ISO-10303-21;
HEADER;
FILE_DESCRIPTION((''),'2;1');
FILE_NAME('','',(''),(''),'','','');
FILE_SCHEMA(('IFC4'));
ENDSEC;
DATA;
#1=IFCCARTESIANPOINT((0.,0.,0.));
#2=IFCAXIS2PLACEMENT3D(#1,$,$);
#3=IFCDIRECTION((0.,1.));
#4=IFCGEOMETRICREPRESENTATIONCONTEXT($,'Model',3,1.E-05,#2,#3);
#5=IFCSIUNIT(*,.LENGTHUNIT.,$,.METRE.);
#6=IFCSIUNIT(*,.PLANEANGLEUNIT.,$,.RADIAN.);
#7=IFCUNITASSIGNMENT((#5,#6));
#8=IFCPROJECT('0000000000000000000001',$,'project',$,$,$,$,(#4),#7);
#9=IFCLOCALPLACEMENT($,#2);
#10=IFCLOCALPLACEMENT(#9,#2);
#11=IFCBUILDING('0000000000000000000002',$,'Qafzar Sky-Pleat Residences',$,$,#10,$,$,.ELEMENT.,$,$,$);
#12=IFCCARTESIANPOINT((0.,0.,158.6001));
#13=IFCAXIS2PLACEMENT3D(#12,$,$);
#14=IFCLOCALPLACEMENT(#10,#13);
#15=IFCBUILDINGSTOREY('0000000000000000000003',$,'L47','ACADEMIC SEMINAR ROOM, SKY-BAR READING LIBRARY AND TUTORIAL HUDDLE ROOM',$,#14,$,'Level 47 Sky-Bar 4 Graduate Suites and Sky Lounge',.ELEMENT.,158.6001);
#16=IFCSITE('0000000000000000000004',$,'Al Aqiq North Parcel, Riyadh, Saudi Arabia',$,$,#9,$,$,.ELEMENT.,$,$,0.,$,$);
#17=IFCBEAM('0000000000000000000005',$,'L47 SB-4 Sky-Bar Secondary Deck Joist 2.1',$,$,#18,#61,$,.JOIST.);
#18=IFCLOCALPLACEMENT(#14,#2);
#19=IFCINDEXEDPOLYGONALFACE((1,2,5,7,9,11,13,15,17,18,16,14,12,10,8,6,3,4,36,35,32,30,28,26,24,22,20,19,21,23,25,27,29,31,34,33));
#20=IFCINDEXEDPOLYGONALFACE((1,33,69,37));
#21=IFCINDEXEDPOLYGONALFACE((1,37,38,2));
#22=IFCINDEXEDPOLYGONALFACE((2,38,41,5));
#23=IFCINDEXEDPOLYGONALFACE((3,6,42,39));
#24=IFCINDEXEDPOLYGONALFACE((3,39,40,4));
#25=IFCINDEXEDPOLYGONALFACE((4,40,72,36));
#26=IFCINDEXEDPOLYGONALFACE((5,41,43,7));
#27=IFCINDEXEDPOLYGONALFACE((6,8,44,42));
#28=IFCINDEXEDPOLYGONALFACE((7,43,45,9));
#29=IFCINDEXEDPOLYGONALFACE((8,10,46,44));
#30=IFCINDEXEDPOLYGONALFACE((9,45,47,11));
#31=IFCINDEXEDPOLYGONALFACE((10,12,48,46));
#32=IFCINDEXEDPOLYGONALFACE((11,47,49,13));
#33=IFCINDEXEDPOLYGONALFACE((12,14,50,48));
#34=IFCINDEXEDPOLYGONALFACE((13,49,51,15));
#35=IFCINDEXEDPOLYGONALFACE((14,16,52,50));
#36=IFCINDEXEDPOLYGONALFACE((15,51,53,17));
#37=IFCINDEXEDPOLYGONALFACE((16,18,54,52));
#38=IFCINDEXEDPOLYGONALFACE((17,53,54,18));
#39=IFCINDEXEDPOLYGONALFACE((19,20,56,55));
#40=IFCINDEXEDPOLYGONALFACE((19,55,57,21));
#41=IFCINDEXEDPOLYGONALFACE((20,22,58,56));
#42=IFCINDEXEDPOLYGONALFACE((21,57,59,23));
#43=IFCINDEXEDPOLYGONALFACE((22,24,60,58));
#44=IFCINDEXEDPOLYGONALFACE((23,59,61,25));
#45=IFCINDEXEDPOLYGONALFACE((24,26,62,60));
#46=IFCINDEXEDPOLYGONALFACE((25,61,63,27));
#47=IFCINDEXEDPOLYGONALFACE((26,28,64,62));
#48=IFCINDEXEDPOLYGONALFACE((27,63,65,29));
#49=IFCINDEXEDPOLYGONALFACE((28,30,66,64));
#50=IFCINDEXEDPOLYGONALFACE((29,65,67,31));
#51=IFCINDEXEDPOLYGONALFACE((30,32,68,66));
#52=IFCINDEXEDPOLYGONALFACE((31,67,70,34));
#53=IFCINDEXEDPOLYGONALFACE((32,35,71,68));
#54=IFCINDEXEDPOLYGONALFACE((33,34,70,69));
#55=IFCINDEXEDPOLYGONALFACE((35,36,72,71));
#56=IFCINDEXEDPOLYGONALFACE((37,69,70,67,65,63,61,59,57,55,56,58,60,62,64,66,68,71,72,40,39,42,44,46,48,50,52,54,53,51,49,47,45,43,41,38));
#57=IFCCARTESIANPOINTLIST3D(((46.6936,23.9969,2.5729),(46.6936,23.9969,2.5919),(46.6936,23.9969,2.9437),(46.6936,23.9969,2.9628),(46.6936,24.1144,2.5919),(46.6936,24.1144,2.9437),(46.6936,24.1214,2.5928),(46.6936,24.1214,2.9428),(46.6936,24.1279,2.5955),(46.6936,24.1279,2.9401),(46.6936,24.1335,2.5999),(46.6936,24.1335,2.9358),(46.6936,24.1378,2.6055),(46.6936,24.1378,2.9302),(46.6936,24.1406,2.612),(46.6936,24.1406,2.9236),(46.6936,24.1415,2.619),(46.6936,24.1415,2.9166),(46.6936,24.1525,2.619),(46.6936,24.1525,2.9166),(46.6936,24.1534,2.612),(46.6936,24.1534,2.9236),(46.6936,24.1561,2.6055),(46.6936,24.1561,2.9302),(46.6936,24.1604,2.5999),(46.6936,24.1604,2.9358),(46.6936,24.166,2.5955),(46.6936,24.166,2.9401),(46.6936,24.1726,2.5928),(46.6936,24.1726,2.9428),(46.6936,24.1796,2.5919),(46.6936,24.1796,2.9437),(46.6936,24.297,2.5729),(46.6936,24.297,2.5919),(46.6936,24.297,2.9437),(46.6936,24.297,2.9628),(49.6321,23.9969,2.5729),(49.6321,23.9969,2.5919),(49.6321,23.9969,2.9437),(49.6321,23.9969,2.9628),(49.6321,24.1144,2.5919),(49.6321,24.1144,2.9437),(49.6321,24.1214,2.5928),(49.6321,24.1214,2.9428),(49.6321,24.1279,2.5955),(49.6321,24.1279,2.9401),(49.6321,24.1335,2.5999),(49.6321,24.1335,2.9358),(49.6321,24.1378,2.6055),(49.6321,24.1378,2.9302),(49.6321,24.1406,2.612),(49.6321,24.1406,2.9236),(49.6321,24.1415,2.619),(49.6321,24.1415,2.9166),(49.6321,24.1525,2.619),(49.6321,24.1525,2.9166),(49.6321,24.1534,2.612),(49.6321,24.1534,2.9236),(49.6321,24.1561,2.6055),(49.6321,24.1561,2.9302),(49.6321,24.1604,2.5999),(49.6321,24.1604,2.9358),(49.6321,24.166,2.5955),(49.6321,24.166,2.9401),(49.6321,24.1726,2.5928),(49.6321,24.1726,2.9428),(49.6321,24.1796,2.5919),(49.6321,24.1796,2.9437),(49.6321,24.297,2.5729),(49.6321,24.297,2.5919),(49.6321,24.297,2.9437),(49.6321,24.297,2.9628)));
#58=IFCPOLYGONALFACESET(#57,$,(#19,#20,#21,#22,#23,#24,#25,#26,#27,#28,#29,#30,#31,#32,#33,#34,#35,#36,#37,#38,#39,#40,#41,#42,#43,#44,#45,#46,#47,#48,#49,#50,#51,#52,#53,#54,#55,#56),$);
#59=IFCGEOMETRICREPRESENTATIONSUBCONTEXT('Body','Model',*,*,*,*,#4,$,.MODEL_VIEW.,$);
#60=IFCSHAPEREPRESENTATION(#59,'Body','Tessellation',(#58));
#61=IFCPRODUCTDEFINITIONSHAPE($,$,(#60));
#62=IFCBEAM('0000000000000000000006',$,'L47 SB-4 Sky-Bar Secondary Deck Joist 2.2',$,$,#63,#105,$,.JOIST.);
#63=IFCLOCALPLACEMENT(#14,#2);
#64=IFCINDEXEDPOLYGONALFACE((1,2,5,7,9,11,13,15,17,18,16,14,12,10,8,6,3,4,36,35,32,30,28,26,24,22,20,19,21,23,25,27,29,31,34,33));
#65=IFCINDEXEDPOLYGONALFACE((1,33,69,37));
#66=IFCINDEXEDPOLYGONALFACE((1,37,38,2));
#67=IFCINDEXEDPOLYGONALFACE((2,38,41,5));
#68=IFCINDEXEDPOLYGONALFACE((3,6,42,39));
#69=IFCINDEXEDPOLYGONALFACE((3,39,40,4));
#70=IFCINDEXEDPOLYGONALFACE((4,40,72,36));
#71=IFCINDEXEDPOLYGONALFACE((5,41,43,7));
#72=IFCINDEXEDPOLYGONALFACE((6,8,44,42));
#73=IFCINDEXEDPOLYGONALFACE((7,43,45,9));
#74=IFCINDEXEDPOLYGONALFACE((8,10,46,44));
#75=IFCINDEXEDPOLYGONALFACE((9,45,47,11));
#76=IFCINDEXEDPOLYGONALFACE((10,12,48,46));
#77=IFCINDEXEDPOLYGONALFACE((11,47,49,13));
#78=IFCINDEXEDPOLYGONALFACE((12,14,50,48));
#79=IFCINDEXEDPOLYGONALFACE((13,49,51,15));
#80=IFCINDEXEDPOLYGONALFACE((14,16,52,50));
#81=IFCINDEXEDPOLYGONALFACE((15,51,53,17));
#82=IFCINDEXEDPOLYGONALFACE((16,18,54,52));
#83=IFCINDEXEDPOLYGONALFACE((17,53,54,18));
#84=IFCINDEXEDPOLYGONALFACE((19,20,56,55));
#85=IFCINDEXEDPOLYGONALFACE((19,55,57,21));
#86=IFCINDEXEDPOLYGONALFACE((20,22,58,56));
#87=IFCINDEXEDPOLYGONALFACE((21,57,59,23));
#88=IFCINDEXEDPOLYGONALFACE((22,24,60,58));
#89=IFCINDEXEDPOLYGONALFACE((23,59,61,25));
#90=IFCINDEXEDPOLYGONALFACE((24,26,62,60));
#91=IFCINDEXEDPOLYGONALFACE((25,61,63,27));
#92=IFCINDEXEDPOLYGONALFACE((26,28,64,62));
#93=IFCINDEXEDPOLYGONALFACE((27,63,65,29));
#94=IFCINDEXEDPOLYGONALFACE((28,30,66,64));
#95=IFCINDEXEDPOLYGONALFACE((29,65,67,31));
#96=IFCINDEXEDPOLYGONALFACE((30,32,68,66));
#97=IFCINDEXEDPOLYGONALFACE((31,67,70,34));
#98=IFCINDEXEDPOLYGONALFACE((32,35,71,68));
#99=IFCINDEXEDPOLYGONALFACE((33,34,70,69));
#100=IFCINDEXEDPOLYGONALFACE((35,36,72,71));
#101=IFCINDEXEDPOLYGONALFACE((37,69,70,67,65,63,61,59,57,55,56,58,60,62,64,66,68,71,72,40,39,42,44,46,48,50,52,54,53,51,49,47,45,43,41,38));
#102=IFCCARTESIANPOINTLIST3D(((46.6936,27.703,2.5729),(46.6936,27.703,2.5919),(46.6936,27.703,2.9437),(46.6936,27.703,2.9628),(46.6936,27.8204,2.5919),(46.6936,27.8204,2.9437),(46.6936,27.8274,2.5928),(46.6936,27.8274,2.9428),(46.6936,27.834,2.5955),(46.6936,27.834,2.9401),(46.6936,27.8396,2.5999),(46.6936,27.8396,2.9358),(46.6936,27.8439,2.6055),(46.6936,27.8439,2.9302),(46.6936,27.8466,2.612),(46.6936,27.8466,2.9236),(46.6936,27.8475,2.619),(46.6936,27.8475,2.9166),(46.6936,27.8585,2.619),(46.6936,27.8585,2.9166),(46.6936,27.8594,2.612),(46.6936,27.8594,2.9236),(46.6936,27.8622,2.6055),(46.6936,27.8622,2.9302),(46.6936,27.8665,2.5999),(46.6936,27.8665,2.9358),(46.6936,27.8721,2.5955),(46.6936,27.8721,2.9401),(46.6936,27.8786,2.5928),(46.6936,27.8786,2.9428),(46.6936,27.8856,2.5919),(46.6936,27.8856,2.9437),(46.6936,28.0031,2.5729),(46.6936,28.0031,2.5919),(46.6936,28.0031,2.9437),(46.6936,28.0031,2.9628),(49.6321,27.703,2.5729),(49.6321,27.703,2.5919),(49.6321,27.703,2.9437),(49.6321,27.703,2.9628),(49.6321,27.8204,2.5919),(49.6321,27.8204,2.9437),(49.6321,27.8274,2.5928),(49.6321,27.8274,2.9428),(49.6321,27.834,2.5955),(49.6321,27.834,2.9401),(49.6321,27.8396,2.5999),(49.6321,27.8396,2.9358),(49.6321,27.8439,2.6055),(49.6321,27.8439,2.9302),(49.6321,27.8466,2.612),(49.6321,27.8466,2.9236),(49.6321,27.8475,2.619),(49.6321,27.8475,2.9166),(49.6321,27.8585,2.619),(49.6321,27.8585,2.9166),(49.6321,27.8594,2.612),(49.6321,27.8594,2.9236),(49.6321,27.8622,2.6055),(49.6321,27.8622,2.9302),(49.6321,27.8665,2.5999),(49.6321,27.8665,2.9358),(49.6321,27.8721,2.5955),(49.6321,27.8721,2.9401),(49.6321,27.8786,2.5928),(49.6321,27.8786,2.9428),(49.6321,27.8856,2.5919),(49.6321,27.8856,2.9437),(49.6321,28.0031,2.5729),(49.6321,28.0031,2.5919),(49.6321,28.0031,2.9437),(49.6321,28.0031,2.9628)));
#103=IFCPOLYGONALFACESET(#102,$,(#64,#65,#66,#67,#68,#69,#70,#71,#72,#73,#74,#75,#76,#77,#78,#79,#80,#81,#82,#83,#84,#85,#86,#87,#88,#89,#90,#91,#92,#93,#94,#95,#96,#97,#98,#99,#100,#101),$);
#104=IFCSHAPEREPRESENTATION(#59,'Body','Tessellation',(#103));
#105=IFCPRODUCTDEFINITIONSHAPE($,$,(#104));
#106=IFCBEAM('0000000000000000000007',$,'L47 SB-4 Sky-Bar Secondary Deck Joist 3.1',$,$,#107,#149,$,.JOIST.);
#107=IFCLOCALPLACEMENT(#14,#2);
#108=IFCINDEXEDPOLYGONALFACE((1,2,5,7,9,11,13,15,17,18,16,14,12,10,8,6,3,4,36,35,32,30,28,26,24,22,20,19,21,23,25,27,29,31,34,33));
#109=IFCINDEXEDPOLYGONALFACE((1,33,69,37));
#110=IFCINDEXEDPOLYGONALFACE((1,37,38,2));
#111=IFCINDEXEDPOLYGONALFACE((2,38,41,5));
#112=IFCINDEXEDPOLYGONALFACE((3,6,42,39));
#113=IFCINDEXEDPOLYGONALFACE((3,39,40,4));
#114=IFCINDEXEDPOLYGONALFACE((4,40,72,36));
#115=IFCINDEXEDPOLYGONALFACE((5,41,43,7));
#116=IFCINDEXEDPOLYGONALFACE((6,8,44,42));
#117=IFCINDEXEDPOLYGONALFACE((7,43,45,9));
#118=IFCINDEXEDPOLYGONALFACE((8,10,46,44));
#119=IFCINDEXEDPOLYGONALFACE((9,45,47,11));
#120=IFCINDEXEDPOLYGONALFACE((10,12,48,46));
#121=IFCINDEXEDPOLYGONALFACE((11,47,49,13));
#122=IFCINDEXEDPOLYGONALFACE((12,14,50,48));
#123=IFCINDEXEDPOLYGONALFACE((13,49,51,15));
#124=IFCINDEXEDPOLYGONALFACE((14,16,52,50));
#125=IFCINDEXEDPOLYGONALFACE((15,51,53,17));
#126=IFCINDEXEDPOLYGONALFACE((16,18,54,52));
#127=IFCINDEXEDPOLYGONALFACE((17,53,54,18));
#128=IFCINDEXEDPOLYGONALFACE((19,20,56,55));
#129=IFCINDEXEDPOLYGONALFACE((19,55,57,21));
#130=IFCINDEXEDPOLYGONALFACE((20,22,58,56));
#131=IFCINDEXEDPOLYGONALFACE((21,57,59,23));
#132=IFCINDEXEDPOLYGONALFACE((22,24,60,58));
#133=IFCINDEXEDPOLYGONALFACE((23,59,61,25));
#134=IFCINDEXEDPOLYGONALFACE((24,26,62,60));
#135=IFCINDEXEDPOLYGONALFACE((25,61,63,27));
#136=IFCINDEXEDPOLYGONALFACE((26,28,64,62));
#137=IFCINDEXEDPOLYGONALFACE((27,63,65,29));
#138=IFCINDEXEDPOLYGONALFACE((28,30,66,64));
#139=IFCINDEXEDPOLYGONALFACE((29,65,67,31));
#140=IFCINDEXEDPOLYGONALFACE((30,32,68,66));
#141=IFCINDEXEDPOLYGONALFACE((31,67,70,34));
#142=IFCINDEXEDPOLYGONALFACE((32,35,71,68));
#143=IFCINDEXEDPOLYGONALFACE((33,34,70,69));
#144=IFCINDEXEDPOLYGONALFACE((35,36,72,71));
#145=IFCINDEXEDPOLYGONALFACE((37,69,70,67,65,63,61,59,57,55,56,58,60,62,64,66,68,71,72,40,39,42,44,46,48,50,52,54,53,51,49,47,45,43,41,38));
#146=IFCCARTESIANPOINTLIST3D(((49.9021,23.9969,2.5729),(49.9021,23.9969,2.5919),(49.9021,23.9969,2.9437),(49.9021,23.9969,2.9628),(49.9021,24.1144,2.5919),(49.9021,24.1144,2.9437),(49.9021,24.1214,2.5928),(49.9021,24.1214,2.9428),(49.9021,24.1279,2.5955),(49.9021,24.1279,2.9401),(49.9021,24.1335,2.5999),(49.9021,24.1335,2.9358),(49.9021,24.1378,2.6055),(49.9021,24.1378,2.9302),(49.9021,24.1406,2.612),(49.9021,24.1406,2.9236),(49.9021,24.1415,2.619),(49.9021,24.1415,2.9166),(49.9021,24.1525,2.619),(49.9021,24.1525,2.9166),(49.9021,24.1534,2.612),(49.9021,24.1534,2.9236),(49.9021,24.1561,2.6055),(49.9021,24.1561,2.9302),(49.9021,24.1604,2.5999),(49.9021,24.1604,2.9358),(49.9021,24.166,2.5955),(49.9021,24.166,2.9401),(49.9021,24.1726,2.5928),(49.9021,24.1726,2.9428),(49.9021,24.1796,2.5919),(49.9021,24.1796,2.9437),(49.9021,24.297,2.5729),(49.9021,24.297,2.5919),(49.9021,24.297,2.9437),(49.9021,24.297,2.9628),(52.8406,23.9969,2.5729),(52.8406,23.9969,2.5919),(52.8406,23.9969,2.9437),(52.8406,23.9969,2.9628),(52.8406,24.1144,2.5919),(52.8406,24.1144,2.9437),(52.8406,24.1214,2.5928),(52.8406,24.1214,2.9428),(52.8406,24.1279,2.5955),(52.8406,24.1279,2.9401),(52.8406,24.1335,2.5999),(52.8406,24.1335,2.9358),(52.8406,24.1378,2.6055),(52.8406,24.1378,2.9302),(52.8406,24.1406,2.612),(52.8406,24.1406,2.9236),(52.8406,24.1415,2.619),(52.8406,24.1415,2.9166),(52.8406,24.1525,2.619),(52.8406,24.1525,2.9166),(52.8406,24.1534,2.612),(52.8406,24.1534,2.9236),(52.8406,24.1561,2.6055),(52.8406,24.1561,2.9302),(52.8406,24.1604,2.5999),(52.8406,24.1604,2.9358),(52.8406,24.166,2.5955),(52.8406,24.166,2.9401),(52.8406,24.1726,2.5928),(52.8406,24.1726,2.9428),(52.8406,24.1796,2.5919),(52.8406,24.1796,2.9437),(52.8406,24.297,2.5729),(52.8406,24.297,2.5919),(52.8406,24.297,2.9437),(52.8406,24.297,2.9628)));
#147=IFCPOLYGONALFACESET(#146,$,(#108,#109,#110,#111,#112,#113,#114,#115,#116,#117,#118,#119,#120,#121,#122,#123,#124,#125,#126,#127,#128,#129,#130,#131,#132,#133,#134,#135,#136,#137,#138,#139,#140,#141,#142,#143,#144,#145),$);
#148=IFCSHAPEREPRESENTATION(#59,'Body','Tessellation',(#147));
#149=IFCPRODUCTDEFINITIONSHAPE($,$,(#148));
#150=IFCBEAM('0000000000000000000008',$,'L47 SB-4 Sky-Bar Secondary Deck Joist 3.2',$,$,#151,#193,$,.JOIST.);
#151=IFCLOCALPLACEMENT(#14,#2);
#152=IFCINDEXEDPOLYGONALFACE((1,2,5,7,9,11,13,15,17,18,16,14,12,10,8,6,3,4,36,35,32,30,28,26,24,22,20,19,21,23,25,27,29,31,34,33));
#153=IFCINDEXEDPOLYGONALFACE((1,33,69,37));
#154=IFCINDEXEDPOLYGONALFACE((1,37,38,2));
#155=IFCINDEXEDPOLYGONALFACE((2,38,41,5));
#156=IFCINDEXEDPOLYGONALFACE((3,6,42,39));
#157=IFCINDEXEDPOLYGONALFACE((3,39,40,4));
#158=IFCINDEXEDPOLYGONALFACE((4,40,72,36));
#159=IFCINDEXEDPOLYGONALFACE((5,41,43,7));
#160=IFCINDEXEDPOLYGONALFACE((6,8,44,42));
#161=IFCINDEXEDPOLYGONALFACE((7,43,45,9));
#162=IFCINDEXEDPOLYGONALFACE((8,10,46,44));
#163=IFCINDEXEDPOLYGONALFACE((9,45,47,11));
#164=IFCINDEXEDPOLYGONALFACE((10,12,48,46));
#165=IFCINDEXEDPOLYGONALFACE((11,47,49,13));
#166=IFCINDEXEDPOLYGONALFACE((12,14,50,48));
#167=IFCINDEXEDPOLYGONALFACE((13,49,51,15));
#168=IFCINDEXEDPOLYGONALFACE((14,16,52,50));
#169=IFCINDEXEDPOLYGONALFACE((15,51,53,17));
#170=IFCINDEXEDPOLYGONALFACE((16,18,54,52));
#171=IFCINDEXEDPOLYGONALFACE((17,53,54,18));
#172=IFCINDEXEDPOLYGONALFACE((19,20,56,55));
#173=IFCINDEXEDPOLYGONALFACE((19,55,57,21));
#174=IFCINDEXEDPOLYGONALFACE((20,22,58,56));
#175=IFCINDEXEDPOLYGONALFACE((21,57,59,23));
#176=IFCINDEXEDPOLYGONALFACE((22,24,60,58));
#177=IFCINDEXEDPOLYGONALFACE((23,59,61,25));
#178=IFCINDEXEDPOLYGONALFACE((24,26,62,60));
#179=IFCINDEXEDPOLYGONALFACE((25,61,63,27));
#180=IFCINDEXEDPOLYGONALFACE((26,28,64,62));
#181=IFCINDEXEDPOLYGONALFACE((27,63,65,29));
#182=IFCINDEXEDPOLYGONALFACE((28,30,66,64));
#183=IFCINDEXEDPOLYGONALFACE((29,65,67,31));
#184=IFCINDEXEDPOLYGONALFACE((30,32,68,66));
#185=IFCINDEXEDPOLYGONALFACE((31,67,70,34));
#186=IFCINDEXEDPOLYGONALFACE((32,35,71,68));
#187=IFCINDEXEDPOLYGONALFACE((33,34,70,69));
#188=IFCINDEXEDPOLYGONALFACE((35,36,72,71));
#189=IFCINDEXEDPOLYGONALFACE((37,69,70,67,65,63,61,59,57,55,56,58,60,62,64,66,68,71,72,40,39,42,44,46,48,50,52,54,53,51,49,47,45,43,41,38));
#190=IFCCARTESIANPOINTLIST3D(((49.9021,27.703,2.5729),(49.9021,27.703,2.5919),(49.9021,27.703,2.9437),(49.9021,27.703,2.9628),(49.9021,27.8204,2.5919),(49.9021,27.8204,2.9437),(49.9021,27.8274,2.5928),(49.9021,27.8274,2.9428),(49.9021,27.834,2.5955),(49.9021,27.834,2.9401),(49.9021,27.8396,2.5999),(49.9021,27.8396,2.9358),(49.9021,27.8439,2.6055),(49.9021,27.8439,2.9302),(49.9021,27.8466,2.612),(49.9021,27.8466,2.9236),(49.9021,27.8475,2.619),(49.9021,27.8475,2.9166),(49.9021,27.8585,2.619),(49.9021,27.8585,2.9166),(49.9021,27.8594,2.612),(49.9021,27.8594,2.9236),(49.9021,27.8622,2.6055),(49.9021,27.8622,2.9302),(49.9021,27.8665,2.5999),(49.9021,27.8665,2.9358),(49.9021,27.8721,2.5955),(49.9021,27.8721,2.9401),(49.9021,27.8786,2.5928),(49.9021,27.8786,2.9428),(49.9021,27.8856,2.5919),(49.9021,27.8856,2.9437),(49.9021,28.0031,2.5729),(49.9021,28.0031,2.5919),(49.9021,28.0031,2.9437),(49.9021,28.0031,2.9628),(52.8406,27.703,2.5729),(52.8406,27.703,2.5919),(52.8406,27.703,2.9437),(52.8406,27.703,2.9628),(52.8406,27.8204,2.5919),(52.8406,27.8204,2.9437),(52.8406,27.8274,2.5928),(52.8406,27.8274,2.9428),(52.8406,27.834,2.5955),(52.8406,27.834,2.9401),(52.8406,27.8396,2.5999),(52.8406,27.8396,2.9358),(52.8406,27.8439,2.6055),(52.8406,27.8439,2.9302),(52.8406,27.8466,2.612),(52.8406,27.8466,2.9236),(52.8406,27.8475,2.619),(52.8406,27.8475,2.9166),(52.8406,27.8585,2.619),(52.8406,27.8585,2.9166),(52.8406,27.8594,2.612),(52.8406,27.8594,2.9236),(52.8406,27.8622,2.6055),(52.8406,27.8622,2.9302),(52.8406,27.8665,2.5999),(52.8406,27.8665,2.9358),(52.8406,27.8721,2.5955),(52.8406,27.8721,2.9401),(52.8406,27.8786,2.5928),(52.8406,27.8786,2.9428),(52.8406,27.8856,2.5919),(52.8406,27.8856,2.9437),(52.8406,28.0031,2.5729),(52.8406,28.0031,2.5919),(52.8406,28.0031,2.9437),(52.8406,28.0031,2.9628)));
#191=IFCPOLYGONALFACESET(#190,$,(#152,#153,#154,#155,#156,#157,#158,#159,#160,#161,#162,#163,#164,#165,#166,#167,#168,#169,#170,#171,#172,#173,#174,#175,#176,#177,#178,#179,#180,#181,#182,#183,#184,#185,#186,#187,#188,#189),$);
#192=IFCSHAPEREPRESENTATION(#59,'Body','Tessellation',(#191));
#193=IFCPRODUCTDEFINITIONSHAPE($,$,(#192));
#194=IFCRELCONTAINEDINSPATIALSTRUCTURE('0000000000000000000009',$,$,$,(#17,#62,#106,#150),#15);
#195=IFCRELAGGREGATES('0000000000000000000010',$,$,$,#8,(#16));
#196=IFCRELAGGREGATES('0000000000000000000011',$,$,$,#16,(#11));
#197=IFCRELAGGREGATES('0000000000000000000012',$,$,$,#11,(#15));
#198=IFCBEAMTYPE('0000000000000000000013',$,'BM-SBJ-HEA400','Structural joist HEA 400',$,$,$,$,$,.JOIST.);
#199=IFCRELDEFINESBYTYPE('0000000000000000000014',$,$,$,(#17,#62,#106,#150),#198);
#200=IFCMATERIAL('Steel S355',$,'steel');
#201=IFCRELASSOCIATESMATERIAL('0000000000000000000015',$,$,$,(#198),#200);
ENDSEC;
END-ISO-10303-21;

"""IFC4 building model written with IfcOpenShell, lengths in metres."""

from ifc_helpers import new_model, si_unit, direction, frame, origin, origin_2d, place, context, subcontext, project, spatial, i_section, extrude, source, transform, mapped, material, material_profile, profile_set, type_object, element, save


model = new_model("IFC4")

# Units and contexts
model_context = context("Model", 3, precision=1e-05, world=origin(), true_north=direction((0.0, 1.0)))
body_context = subcontext(model_context, "Body", "Model", "MODEL_VIEW")
ifc_project = project(units=[si_unit("LENGTHUNIT", "METRE"), si_unit("PLANEANGLEUNIT", "RADIAN")], contexts=[model_context])

# Site, building, storey
site_placement = place(None, origin())
site = spatial("IfcSite", under=ifc_project, at=site_placement, Name="Al Aqiq North Parcel, Riyadh, Saudi Arabia", CompositionType="ELEMENT", RefElevation=0.0)
building_placement = place(site_placement, origin())
building = spatial("IfcBuilding", under=site, at=building_placement, Name="Qafzar Sky-Pleat Residences", CompositionType="ELEMENT")
storey_placement = place(building_placement, frame((0.0, 0.0, 158.6001)))
storey = spatial("IfcBuildingStorey", under=building, at=storey_placement, Name="L47", Description="ACADEMIC SEMINAR ROOM, SKY-BAR READING LIBRARY AND TUTORIAL HUDDLE ROOM", LongName="Level 47 Sky-Bar 4 Graduate Suites and Sky Lounge", CompositionType="ELEMENT", Elevation=158.6001)

# Shared definitions
ifc_material_1 = material(Name="Steel S355", Category="steel")

# Beams
ifc_material_profile_1 = material_profile(ifc_material_1, i_section(OverallWidth=0.3, OverallDepth=0.3899, WebThickness=0.011, FlangeThickness=0.019, FilletRadius=0.0271, at=origin_2d()), Name="HEA 400")
ifc_profile_set_1 = profile_set([ifc_material_profile_1], Name="Steel S355")
beam_type_1 = type_object("IfcBeamType", Name="BM-SBJ-HEA400", Description="Structural joist HEA 400", PredefinedType="JOIST", material=ifc_profile_set_1)
shared_shape_1 = source(origin(), body_context, "Body", "SweptSolid", [
    extrude(i_section(OverallWidth=0.3, OverallDepth=0.3899, WebThickness=0.011, FlangeThickness=0.019, FilletRadius=0.0271, at=origin_2d()), origin(), (0.0, 0.0, 1.0), 2.9385),
])
for number, where, z_axis, x_axis, name in (
    (1, (46.6936, 24.147, 2.7678), (1.0, 0.0, 0.0), (0.0, 1.0, 0.0), "L47 SB-4 Sky-Bar Secondary Deck Joist 2.1"),
    (2, (46.6936, 27.853, 2.7678), (1.0, 0.0, 0.0), (0.0, 1.0, 0.0), "L47 SB-4 Sky-Bar Secondary Deck Joist 2.2"),
    (3, (49.9021, 24.147, 2.7678), (1.0, 0.0, 0.0), (0.0, 1.0, 0.0), "L47 SB-4 Sky-Bar Secondary Deck Joist 3.1"),
    (4, (49.9021, 27.853, 2.7678), (1.0, 0.0, 0.0), (0.0, 1.0, 0.0), "L47 SB-4 Sky-Bar Secondary Deck Joist 3.2"),
):
    element("IfcBeam", number, at=place(storey_placement, frame(where, z_axis=z_axis, x_axis=x_axis)), inside=storey, type_object=beam_type_1, Name=name, PredefinedType="JOIST", context=body_context, shape_type="MappedRepresentation", body=[
        mapped(shared_shape_1, transform((0.0, 0.0, 0.0), x_axis=(1.0, 0.0, 0.0), y_axis=(0.0, 1.0, 0.0), z_axis=(0.0, 0.0, 1.0), scale=1.0)),
    ])

save(model, "model.ifc")
